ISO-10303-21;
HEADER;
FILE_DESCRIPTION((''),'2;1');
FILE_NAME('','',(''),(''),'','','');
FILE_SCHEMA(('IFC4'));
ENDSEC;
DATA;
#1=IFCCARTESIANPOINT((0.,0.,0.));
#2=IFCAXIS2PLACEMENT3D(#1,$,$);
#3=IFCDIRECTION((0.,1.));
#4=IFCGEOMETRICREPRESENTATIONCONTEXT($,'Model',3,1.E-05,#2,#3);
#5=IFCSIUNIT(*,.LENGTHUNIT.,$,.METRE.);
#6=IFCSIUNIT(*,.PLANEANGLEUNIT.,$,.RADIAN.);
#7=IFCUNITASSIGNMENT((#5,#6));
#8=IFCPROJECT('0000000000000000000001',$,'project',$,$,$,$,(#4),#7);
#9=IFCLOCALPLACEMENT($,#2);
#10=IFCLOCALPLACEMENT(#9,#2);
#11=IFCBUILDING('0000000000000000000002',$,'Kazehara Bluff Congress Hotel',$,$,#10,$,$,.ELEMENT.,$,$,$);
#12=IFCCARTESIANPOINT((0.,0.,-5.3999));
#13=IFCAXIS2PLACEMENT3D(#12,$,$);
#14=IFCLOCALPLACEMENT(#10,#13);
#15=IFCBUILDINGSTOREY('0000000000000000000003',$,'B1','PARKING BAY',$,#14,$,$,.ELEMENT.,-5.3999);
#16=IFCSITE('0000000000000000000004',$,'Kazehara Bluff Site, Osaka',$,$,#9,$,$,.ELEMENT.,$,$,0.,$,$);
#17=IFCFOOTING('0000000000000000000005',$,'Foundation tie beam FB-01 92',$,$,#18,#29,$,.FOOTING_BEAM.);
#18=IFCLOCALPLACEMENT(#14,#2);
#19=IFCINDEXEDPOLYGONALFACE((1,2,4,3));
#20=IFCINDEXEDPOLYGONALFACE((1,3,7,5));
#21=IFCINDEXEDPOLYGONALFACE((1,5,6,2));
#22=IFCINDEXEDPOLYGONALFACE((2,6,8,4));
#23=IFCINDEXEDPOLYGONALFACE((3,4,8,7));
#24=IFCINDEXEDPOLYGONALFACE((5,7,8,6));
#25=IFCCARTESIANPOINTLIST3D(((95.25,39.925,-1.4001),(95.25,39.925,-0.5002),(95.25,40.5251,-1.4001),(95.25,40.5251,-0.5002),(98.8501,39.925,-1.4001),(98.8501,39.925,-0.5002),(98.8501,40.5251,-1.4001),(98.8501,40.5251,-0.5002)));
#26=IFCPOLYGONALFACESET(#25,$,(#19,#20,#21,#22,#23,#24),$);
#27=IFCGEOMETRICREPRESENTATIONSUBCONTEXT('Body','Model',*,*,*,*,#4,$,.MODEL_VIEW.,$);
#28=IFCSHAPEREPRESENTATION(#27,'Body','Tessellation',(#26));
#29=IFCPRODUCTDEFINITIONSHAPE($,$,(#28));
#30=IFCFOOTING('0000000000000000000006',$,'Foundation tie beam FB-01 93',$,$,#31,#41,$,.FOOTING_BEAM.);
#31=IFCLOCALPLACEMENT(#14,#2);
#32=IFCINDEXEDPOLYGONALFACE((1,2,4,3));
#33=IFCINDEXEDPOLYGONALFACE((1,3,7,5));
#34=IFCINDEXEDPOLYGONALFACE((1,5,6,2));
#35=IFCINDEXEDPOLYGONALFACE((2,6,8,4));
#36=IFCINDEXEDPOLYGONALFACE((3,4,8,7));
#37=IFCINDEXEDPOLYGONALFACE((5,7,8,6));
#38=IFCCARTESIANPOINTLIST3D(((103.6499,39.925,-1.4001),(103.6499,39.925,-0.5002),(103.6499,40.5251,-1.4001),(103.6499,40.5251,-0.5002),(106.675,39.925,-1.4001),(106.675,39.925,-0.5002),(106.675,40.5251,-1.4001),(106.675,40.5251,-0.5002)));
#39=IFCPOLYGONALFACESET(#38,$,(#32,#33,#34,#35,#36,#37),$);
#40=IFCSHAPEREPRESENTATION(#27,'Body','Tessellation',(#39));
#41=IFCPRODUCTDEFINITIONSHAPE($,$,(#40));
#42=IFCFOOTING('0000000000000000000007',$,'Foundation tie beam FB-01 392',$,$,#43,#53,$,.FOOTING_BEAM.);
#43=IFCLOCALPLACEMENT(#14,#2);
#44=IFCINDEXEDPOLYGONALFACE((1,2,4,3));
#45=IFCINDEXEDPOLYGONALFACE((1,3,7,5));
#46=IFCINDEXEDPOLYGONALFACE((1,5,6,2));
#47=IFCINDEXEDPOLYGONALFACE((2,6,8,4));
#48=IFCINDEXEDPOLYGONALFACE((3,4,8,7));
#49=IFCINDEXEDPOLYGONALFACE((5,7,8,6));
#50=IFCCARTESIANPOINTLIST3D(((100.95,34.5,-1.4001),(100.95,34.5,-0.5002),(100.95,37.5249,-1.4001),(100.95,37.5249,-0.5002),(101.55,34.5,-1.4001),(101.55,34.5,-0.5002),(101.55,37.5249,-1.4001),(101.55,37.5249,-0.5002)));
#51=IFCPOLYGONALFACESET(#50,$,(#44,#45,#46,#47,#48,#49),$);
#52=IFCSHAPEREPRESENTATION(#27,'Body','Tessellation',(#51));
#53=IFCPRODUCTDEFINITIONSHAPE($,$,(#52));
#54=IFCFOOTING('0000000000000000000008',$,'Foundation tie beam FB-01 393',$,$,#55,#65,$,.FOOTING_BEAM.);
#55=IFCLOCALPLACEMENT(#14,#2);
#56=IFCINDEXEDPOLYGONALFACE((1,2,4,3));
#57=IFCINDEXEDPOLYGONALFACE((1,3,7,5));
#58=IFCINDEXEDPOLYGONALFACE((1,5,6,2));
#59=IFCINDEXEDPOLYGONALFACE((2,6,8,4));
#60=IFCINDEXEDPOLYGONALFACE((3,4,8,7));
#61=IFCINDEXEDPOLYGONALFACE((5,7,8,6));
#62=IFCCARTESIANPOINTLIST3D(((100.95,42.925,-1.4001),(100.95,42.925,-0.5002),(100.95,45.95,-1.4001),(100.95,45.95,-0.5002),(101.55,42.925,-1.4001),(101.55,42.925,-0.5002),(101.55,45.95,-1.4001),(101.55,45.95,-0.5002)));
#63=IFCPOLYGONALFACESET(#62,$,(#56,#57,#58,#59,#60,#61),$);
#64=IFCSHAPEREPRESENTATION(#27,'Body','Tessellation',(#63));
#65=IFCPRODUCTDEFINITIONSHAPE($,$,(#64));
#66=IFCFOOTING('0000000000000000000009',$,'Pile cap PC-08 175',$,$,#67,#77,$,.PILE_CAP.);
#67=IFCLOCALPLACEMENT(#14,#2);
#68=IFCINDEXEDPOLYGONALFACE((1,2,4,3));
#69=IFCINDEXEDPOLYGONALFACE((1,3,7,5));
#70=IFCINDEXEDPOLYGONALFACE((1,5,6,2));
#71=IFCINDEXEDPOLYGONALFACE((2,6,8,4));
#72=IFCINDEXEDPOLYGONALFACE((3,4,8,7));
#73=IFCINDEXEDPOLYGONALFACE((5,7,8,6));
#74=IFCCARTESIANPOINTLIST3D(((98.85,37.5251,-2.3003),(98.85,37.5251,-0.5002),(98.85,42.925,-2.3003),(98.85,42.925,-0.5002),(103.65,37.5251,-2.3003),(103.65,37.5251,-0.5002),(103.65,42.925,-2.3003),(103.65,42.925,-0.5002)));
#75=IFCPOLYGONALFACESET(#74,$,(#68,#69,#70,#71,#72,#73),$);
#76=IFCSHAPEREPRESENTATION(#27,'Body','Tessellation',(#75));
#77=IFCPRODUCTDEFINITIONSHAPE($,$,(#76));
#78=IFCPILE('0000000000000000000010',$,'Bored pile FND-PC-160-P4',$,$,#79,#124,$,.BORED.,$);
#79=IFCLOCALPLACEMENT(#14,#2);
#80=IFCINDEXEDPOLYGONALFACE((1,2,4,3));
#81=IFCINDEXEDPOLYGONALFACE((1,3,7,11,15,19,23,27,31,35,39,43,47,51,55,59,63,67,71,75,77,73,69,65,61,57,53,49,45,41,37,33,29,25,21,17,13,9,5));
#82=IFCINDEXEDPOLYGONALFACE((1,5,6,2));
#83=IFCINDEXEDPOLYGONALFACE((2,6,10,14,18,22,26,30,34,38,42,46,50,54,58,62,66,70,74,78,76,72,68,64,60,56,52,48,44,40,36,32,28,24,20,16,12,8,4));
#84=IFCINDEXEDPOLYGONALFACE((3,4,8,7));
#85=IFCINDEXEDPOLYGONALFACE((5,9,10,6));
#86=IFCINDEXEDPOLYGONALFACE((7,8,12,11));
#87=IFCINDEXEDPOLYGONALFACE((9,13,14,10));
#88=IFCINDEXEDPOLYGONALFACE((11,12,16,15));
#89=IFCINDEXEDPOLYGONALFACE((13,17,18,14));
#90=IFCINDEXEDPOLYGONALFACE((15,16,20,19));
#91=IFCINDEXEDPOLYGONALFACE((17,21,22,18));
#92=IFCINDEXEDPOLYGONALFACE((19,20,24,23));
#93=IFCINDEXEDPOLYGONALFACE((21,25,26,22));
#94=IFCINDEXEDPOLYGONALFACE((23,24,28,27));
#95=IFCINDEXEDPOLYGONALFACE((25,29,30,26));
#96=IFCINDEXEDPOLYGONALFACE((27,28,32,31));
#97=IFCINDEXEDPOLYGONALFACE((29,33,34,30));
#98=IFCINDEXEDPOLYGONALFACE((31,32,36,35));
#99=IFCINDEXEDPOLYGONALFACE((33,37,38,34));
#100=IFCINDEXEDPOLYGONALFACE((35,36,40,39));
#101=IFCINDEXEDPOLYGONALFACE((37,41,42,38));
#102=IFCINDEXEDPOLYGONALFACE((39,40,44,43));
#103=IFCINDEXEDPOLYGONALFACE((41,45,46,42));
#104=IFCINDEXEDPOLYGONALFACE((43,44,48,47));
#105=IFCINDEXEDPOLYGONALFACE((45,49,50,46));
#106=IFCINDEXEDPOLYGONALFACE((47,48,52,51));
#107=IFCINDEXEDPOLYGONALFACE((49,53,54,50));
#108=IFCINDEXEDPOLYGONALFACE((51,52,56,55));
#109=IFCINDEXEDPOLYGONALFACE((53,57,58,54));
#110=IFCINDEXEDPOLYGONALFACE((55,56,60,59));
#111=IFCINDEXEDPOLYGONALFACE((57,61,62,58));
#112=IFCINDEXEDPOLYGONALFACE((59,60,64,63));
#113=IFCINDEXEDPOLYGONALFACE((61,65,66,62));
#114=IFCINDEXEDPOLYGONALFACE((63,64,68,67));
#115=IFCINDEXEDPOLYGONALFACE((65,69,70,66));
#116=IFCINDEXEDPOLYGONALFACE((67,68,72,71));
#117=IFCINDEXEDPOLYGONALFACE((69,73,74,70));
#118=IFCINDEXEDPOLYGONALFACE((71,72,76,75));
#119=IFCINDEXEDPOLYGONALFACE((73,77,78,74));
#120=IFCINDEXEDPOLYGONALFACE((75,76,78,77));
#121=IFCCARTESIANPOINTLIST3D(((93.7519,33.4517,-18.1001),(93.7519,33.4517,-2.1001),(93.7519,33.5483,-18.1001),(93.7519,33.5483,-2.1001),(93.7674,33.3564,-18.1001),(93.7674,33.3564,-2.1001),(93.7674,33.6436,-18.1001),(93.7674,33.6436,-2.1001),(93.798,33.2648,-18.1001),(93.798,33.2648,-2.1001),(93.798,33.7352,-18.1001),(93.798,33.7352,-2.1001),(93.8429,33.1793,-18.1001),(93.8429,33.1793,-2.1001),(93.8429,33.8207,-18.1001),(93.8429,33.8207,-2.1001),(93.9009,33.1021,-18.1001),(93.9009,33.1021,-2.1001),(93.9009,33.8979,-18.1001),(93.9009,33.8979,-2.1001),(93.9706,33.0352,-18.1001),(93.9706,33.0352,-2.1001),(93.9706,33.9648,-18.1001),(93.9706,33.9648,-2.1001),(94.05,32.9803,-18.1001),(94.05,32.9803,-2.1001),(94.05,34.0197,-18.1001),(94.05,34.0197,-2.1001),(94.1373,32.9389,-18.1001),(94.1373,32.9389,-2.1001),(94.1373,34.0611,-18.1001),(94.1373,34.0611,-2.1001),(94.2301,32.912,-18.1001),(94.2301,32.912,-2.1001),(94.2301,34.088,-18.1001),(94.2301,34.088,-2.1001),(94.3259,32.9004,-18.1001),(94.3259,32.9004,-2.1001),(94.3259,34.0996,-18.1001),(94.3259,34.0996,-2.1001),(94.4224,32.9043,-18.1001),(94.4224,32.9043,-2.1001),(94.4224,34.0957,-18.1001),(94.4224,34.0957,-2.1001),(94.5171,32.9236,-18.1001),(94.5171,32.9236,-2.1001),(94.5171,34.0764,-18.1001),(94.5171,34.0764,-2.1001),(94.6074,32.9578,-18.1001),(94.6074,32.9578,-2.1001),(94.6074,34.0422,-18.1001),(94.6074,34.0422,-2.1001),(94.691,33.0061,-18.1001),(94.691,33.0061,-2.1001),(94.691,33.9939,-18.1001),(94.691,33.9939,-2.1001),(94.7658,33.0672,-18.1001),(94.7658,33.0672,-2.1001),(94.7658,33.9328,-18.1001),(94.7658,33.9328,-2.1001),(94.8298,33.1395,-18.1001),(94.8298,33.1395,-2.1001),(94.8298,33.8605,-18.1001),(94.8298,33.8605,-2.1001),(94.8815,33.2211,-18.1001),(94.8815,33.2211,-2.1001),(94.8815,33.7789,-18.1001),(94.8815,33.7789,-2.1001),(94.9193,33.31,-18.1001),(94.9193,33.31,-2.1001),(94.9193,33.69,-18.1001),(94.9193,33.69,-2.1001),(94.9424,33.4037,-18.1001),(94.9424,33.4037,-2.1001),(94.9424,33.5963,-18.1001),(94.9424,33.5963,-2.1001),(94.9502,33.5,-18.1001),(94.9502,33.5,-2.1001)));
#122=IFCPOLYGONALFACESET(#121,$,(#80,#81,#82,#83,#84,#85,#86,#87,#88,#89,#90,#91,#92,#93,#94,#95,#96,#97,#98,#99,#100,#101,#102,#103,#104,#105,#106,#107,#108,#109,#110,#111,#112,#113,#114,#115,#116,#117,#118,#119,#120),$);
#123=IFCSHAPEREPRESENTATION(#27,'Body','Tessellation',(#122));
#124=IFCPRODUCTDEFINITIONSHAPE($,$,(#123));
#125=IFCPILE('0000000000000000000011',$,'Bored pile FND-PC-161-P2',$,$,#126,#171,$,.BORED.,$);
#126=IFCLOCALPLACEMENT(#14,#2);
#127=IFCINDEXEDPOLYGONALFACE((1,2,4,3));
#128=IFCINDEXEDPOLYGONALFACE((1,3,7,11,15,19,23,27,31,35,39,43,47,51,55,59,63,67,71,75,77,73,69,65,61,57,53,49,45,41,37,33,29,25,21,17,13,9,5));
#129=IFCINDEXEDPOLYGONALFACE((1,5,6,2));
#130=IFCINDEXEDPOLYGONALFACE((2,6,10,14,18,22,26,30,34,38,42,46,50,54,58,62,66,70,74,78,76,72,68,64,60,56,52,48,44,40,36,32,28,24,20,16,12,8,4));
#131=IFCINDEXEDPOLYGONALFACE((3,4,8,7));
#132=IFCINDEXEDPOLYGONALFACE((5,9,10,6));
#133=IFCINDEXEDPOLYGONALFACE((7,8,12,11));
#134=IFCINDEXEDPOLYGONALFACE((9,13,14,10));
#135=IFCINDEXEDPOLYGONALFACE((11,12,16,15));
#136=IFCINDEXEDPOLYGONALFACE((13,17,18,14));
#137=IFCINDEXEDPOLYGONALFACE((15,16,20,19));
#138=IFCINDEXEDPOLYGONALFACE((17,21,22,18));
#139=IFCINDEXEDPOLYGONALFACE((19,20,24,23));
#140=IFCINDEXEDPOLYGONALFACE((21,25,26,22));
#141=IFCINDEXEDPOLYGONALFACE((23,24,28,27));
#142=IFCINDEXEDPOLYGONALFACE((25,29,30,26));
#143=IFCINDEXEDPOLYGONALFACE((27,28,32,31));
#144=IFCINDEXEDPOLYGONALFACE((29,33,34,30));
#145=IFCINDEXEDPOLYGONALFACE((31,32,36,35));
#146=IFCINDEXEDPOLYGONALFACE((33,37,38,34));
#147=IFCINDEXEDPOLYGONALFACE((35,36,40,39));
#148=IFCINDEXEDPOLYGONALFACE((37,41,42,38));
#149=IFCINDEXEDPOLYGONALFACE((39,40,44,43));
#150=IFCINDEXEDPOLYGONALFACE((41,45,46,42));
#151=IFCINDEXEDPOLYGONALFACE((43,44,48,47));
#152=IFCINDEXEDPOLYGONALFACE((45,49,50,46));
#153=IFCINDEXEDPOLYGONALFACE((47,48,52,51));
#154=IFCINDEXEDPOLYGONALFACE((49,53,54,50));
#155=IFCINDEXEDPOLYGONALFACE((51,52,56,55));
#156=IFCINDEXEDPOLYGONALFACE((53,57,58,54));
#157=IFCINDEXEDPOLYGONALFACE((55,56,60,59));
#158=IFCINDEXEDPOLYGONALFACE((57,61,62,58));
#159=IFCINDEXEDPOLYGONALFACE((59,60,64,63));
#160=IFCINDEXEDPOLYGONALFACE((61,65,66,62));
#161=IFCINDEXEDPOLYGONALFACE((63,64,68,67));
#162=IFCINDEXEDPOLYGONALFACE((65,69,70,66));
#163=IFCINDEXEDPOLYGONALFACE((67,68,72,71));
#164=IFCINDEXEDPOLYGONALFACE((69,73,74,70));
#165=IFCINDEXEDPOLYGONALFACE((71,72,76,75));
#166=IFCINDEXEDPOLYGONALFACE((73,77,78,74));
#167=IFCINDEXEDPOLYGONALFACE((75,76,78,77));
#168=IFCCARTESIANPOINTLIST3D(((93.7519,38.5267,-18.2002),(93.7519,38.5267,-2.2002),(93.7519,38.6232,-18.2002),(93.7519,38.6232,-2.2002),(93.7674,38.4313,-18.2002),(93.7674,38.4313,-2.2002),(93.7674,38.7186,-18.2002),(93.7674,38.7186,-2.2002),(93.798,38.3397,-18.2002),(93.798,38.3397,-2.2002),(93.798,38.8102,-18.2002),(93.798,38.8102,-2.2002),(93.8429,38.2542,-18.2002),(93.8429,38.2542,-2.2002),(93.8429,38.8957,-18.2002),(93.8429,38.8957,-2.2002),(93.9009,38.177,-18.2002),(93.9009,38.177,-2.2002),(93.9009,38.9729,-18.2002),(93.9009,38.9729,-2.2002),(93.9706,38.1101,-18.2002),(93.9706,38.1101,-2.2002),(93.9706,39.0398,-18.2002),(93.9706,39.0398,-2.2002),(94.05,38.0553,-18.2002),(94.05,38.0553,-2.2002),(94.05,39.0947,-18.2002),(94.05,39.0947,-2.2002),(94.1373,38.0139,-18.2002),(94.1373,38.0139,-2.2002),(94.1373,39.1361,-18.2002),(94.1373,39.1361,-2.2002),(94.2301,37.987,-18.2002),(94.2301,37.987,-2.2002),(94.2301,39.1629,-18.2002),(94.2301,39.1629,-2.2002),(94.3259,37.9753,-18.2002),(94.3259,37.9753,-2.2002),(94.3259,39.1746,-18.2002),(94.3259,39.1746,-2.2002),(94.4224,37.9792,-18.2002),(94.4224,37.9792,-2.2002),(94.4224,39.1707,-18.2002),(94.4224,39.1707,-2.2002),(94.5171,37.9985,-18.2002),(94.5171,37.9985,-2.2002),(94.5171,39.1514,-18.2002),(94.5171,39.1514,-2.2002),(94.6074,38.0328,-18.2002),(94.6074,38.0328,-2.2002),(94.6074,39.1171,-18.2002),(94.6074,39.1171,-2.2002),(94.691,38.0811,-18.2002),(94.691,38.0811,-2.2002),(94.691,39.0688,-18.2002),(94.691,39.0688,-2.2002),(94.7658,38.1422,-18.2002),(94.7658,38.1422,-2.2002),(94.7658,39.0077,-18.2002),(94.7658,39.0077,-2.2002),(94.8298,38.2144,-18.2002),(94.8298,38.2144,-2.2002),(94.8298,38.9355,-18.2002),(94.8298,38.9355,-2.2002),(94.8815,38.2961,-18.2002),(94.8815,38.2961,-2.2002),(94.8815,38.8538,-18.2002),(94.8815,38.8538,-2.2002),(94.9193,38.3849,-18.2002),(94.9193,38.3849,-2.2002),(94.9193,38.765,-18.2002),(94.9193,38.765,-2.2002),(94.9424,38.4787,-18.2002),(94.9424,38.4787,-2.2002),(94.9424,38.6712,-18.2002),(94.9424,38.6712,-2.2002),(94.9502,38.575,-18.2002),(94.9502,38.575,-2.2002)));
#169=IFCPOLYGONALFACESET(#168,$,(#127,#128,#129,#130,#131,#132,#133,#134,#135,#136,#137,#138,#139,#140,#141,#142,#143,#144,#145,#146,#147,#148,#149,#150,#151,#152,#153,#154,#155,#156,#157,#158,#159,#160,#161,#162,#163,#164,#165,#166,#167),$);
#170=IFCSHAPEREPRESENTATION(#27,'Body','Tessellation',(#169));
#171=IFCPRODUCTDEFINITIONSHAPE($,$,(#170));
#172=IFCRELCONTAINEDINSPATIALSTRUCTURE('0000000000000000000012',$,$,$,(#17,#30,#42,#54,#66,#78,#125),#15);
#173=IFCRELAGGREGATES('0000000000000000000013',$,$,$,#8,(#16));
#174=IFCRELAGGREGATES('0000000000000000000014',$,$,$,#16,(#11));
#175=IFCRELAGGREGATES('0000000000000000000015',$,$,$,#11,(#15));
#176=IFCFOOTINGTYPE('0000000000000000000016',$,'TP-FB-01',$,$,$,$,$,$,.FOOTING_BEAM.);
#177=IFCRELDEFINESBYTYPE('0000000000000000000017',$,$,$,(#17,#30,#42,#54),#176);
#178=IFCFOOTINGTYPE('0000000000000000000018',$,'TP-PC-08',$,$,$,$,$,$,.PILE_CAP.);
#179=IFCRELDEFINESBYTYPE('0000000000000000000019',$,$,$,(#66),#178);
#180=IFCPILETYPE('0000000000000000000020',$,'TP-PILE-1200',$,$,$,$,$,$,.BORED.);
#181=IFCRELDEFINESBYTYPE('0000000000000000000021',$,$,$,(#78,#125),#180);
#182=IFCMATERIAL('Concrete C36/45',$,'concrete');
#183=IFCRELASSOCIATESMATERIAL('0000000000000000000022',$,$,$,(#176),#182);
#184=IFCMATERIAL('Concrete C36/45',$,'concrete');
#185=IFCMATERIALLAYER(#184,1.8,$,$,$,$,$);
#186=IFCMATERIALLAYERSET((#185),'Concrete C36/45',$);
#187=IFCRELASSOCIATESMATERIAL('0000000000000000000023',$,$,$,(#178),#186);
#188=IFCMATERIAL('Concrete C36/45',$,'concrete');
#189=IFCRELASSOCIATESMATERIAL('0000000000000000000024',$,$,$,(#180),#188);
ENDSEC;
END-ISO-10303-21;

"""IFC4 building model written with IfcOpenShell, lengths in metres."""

from ifc_helpers import new_model, si_unit, direction, frame, origin, origin_2d, place, context, subcontext, project, spatial, rectangle, circle, extrude, material, layer, layer_set, material_profile, profile_set, type_object, element, save


model = new_model("IFC4")

# Units and contexts
model_context = context("Model", 3, precision=1e-05, world=origin(), true_north=direction((0.0, 1.0)))
body_context = subcontext(model_context, "Body", "Model", "MODEL_VIEW")
ifc_project = project(units=[si_unit("LENGTHUNIT", "METRE"), si_unit("PLANEANGLEUNIT", "RADIAN")], contexts=[model_context])

# Site, building, storey
site_placement = place(None, origin())
site = spatial("IfcSite", under=ifc_project, at=site_placement, Name="Kazehara Bluff Site, Osaka", CompositionType="ELEMENT", RefElevation=0.0)
building_placement = place(site_placement, origin())
building = spatial("IfcBuilding", under=site, at=building_placement, Name="Kazehara Bluff Congress Hotel", CompositionType="ELEMENT")
storey_placement = place(building_placement, frame((0.0, 0.0, -5.3999)))
storey = spatial("IfcBuildingStorey", under=building, at=storey_placement, Name="B1", Description="PARKING BAY", CompositionType="ELEMENT", Elevation=-5.3999)

# Footings
ifc_material_1 = material(Name="Concrete C36/45", Category="concrete")
ifc_material_profile_1 = material_profile(ifc_material_1, rectangle(XDim=0.6001, YDim=0.8999, at=origin_2d()))
ifc_profile_set_1 = profile_set([ifc_material_profile_1], Name="Concrete C36/45")
footing_type_1 = type_object("IfcFootingType", Name="TP-FB-01", PredefinedType="FOOTING_BEAM", material=ifc_profile_set_1)
footing_1_placement = place(storey_placement, frame((95.25, 40.2251, -0.9502), z_axis=(1.0, 0.0, 0.0), x_axis=(0.0, 1.0, 0.0)))
element("IfcFooting", 1, at=footing_1_placement, inside=storey, type_object=footing_type_1, Name="Foundation tie beam FB-01 92", PredefinedType="FOOTING_BEAM", context=body_context, shape_type="SweptSolid", body=[
    extrude(rectangle(XDim=0.6001, YDim=0.8999, at=origin_2d()), origin(), (0.0, 0.0, 1.0), 3.6001),
])
footing_2_placement = place(storey_placement, frame((103.6499, 40.2251, -0.9502), z_axis=(1.0, 0.0, 0.0), x_axis=(0.0, 1.0, 0.0)))
element("IfcFooting", 2, at=footing_2_placement, inside=storey, type_object=footing_type_1, Name="Foundation tie beam FB-01 93", PredefinedType="FOOTING_BEAM", context=body_context, shape_type="SweptSolid", body=[
    extrude(rectangle(XDim=0.6001, YDim=0.8999, at=origin_2d()), origin(), (0.0, 0.0, 1.0), 3.0251),
])
for number, where, z_axis, x_axis, name in (
    (3, (101.25, 34.5, -0.9502), (0.0, 1.0, 0.0), (-1.0, 0.0, 0.0), "Foundation tie beam FB-01 392"),
    (4, (101.25, 42.925, -0.9502), (0.0, 1.0, 0.0), (-1.0, 0.0, 0.0), "Foundation tie beam FB-01 393"),
):
    element("IfcFooting", number, at=place(storey_placement, frame(where, z_axis=z_axis, x_axis=x_axis)), inside=storey, type_object=footing_type_1, Name=name, PredefinedType="FOOTING_BEAM", context=body_context, shape_type="SweptSolid", body=[
        extrude(rectangle(XDim=0.6001, YDim=0.8999, at=origin_2d()), origin(), (0.0, 0.0, 1.0), 3.0249),
    ])
ifc_material_2 = material(Name="Concrete C36/45", Category="concrete")
ifc_layer = layer(ifc_material_2, 1.8)
ifc_layer_set = layer_set([ifc_layer], Name="Concrete C36/45")
footing_type_2 = type_object("IfcFootingType", Name="TP-PC-08", PredefinedType="PILE_CAP", material=ifc_layer_set)
footing_3_placement = place(storey_placement, frame((101.25, 40.2251, -2.3003), z_axis=(0.0, 0.0, 1.0), x_axis=(1.0, 0.0, 0.0)))
element("IfcFooting", 5, at=footing_3_placement, inside=storey, type_object=footing_type_2, Name="Pile cap PC-08 175", PredefinedType="PILE_CAP", context=body_context, shape_type="SweptSolid", body=[
    extrude(rectangle(XDim=4.8, YDim=5.3999, at=origin_2d()), origin(), (0.0, 0.0, 1.0), 1.8),
])

# Piles
ifc_material_3 = material(Name="Concrete C36/45", Category="concrete")
ifc_material_profile_2 = material_profile(ifc_material_3, circle(Radius=0.6001, at=origin_2d()))
ifc_profile_set_2 = profile_set([ifc_material_profile_2], Name="Concrete C36/45")
pile_type_1 = type_object("IfcPileType", Name="TP-PILE-1200", PredefinedType="BORED", material=ifc_profile_set_2)
for number, where, z_axis, x_axis, name in (
    (6, (94.3501, 33.5, -2.1001), (0.0, 0.0, -1.0), (1.0, 0.0, 0.0), "Bored pile FND-PC-160-P4"),
    (7, (94.3501, 38.575, -2.2002), (0.0, 0.0, -1.0), (1.0, 0.0, 0.0), "Bored pile FND-PC-161-P2"),
):
    element("IfcPile", number, at=place(storey_placement, frame(where, z_axis=z_axis, x_axis=x_axis)), inside=storey, type_object=pile_type_1, Name=name, PredefinedType="BORED", context=body_context, shape_type="SweptSolid", body=[
        extrude(circle(Radius=0.6001, at=origin_2d()), origin(), (0.0, 0.0, 1.0), 16.0),
    ])

save(model, "model.ifc")
